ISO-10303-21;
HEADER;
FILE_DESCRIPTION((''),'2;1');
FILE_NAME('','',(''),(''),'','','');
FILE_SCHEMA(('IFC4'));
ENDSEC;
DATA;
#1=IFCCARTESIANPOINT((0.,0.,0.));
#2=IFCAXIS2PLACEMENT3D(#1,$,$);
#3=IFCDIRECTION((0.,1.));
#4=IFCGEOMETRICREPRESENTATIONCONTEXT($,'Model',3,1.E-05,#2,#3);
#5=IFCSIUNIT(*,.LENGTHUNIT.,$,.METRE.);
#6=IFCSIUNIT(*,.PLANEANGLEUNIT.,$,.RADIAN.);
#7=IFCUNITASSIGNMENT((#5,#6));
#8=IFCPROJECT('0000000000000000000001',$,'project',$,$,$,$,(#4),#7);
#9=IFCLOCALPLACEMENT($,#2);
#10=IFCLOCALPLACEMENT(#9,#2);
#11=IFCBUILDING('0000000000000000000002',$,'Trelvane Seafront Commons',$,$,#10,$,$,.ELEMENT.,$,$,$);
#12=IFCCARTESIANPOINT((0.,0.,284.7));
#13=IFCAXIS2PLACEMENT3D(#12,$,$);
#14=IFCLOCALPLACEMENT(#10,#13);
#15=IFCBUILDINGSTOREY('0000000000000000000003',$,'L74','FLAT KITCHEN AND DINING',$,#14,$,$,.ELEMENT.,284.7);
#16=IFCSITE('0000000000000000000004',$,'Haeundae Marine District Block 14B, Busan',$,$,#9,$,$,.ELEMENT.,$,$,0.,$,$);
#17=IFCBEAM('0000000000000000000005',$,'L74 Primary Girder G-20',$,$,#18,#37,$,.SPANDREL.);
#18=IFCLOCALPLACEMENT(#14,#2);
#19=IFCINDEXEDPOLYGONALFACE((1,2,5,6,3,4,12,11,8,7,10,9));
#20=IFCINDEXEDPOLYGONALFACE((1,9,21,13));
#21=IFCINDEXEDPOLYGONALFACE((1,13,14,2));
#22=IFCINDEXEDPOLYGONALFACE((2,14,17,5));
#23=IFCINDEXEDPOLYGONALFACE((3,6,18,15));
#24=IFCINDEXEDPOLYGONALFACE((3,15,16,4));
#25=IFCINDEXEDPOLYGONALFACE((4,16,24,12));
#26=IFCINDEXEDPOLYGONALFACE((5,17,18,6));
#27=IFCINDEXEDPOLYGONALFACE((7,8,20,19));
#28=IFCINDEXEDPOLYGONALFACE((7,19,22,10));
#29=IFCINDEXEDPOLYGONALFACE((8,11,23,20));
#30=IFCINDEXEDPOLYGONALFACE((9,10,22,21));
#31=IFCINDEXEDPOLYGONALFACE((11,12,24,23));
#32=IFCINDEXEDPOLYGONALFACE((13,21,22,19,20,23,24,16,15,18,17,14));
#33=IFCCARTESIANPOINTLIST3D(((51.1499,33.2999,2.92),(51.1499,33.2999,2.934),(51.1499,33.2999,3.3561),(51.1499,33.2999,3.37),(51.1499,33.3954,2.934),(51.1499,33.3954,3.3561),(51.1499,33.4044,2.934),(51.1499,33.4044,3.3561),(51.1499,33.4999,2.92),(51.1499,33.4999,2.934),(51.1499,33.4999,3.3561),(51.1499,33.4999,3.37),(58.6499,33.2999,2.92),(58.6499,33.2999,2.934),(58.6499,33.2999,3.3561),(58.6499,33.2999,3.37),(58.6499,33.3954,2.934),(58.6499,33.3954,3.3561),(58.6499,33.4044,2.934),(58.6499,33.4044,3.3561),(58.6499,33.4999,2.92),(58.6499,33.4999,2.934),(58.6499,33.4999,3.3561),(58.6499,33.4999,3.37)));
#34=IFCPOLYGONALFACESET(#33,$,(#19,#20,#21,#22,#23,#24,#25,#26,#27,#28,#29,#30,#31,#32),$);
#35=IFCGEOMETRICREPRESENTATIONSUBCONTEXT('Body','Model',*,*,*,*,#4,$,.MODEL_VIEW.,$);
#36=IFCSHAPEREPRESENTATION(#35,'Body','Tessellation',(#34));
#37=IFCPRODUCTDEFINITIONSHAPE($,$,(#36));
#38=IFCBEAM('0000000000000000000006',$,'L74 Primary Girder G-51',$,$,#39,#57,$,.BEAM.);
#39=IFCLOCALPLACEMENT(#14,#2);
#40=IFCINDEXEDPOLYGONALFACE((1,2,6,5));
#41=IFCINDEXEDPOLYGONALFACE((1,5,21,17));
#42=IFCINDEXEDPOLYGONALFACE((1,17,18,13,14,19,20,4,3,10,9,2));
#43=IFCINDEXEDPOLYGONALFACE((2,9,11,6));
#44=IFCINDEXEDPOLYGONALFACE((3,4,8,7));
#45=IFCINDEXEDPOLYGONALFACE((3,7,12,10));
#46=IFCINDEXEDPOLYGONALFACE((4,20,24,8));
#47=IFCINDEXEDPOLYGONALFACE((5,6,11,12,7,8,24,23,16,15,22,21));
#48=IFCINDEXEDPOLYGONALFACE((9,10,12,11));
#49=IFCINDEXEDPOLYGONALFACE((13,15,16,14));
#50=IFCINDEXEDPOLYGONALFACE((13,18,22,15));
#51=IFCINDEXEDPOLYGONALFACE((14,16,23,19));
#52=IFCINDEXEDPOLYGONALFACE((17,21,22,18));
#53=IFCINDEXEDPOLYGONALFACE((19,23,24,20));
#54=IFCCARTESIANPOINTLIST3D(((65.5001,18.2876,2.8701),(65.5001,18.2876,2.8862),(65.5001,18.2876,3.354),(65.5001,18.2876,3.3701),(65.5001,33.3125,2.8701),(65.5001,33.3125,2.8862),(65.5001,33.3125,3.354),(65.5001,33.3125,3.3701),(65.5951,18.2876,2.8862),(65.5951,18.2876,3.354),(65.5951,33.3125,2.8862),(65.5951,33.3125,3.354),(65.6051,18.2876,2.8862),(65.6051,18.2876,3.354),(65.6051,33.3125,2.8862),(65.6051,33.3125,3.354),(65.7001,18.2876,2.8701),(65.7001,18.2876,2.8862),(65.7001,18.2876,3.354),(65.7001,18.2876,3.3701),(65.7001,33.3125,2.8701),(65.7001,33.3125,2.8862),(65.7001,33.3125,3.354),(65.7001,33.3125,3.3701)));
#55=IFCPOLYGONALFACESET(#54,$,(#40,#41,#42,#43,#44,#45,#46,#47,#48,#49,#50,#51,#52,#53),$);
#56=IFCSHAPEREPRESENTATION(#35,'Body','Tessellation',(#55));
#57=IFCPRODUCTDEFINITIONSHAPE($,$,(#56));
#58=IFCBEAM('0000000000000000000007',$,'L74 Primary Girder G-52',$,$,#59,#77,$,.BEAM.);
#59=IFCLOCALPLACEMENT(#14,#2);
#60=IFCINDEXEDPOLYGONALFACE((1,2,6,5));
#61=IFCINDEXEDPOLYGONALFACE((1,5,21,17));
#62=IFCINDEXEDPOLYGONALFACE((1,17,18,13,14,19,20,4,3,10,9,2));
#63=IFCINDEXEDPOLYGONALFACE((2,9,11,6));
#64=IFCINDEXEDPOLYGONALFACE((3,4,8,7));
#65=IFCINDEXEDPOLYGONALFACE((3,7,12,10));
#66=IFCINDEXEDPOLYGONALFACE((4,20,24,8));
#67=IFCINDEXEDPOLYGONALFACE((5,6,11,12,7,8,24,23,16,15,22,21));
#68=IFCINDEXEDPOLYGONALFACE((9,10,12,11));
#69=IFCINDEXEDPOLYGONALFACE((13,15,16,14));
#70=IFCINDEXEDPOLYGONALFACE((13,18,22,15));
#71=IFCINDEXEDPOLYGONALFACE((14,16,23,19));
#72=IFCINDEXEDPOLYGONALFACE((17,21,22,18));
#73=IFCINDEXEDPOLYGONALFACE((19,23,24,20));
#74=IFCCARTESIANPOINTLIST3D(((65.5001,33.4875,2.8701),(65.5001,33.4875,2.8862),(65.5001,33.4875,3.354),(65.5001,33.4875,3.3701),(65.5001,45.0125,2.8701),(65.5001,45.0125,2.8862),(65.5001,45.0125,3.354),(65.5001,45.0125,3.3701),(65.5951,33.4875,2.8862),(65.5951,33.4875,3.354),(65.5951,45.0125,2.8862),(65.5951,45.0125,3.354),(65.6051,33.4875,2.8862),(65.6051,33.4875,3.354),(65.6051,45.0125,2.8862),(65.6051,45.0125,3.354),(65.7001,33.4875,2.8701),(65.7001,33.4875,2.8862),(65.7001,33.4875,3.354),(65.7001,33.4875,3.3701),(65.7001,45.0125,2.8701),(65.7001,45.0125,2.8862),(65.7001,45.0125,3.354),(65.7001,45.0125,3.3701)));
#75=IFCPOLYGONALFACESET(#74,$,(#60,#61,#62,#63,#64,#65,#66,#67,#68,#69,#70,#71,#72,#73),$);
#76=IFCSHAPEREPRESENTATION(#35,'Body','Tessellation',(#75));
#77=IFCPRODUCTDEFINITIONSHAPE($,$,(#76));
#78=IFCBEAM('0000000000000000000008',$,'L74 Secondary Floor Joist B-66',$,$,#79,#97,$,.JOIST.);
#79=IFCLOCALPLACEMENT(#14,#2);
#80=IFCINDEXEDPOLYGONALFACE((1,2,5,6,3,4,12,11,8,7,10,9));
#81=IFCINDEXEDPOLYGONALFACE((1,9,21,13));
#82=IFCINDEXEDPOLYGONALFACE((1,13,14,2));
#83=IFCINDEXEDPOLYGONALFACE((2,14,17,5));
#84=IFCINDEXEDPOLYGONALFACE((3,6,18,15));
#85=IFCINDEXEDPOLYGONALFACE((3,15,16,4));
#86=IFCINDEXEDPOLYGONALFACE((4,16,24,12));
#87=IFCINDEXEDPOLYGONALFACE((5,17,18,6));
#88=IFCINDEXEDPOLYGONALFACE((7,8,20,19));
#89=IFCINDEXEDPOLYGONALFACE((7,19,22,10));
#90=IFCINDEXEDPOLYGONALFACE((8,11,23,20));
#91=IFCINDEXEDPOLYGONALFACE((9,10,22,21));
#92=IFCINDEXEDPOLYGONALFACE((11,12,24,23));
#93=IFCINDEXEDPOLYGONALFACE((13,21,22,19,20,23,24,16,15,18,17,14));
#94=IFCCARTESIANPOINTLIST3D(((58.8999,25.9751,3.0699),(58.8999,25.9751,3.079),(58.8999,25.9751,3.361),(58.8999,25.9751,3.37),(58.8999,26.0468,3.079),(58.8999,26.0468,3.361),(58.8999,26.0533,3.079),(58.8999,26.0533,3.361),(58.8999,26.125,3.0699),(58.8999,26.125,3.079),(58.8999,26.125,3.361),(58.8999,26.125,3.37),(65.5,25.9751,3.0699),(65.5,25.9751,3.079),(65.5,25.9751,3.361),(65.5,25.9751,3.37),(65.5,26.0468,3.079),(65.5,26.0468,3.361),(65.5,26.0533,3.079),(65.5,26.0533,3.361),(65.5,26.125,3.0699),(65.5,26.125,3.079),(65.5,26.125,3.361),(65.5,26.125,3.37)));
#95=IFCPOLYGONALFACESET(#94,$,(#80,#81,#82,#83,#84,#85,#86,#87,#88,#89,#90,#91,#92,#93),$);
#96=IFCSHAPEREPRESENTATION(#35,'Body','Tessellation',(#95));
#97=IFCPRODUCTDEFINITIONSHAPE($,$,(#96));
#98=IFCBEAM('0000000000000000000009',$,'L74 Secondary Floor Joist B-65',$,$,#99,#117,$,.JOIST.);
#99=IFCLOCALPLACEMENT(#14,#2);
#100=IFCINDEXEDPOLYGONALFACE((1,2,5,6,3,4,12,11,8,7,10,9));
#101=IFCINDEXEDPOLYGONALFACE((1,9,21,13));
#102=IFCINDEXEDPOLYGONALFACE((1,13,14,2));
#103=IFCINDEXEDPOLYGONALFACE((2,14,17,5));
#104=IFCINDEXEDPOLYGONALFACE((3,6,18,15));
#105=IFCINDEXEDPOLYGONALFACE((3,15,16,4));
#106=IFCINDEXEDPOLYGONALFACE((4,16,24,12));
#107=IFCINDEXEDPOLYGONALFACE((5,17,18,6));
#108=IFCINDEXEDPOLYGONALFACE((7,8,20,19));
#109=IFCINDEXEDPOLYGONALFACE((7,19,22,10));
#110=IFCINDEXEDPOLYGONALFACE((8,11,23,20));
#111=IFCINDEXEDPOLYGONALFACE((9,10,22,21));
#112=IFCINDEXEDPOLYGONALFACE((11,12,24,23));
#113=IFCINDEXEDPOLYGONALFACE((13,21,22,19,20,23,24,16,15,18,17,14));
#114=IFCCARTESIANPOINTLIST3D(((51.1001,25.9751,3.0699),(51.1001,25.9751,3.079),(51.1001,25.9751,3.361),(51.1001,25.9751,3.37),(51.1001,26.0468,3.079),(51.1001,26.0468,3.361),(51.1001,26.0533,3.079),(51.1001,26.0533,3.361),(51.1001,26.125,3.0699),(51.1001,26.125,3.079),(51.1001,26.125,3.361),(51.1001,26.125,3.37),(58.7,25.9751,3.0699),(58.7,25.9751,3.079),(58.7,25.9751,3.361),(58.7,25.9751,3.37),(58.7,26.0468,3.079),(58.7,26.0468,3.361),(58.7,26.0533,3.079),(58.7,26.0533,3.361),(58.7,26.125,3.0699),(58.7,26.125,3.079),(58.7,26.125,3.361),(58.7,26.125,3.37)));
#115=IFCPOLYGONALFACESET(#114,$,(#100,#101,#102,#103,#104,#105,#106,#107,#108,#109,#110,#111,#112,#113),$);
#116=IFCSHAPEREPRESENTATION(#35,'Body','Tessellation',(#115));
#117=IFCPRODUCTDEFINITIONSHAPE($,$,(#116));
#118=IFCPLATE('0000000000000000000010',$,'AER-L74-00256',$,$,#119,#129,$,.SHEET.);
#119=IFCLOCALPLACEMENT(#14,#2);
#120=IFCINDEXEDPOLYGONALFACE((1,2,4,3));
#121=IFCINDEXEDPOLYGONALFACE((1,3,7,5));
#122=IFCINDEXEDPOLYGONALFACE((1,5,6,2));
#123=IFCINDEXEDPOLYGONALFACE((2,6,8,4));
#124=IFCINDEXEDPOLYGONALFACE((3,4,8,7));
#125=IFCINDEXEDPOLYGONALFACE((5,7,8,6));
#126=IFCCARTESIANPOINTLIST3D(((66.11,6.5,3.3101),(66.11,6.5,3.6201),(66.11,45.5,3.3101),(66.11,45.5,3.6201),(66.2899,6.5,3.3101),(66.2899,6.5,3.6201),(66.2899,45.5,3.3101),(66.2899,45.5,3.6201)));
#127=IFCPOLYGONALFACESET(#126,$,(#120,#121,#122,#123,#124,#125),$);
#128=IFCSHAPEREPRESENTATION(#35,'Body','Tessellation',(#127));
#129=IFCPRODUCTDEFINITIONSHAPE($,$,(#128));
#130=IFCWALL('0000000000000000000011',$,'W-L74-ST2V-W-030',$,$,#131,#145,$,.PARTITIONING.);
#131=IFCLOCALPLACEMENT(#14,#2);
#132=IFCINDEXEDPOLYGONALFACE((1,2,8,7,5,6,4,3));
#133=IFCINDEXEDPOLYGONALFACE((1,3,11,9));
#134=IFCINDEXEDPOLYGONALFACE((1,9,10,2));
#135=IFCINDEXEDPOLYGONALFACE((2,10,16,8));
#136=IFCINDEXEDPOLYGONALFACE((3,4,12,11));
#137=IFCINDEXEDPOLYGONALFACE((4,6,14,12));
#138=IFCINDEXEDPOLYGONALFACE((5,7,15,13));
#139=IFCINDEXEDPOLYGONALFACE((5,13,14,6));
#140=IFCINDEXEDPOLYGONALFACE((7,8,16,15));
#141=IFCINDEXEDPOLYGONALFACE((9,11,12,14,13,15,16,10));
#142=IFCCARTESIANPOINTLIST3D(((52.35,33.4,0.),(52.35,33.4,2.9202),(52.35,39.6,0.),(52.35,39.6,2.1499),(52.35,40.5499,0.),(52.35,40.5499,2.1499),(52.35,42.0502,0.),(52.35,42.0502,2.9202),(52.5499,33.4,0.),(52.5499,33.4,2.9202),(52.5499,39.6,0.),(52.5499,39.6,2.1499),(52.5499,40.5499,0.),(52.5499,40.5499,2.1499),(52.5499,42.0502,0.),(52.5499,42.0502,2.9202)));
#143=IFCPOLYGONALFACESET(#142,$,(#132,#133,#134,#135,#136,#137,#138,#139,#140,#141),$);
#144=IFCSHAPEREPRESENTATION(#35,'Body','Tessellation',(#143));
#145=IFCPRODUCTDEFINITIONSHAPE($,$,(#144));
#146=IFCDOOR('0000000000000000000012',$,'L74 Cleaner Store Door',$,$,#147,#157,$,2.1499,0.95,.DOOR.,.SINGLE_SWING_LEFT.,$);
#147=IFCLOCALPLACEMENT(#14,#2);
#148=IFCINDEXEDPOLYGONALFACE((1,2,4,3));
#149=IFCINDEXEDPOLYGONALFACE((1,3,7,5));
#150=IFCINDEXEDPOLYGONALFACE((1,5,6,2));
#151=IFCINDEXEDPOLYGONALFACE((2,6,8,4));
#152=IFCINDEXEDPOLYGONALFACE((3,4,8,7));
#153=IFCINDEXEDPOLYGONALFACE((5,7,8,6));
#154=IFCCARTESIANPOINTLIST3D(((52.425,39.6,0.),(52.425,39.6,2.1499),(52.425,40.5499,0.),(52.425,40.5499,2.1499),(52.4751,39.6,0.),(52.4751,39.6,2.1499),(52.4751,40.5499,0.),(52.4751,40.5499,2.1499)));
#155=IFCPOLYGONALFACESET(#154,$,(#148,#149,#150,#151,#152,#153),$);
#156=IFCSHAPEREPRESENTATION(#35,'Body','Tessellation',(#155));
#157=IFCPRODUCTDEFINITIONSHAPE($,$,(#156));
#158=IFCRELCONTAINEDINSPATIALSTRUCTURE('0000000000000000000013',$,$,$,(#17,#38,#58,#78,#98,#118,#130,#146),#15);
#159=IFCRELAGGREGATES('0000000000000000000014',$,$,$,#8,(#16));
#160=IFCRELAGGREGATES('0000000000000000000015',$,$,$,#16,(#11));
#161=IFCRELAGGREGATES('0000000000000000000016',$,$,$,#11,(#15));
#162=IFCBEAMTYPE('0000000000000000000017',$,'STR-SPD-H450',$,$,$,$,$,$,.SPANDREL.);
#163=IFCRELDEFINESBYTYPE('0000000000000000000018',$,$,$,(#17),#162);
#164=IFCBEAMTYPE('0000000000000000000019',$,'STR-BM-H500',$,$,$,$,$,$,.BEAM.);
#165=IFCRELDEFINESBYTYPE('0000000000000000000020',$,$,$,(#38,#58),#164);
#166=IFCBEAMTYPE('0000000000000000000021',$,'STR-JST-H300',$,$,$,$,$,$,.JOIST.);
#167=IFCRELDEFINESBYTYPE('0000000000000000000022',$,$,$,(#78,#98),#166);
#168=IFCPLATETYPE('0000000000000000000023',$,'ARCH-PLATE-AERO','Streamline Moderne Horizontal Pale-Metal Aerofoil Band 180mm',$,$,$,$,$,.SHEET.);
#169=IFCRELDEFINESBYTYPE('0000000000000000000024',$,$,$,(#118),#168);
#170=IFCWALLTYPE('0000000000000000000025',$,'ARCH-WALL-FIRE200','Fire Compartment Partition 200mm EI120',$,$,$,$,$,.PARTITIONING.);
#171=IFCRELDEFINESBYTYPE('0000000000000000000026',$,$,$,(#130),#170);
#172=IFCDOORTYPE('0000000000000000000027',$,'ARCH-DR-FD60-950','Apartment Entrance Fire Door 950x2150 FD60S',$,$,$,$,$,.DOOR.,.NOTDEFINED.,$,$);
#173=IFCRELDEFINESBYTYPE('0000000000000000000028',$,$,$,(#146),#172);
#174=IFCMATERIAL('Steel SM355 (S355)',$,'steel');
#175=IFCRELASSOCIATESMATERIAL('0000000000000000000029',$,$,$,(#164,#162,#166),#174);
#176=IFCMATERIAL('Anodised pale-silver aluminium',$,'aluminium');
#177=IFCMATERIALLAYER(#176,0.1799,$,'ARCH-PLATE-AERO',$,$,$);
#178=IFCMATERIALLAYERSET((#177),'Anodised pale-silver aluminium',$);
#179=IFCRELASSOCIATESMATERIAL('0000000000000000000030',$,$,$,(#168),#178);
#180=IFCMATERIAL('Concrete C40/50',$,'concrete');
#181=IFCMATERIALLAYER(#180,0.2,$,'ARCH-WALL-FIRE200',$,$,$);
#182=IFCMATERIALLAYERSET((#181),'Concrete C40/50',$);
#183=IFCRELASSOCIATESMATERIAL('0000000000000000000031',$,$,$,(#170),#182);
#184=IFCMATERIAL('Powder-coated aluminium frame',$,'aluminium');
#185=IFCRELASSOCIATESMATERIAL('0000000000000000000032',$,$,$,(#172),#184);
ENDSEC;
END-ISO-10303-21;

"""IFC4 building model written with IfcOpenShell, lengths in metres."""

from ifc_helpers import new_model, si_unit, direction, frame, frame_2d, origin, origin_2d, place, context, subcontext, project, spatial, rectangle, i_section, extrude, source, transform, mapped, material, layer, layer_set, material_profile, profile_set, type_object, element, fill, save


model = new_model("IFC4")

# Units and contexts
model_context = context("Model", 3, precision=1e-05, world=origin(), true_north=direction((0.0, 1.0)))
body_context = subcontext(model_context, "Body", "Model", "MODEL_VIEW")
ifc_project = project(units=[si_unit("LENGTHUNIT", "METRE"), si_unit("PLANEANGLEUNIT", "RADIAN")], contexts=[model_context])

# Site, building, storey
site_placement = place(None, origin())
site = spatial("IfcSite", under=ifc_project, at=site_placement, Name="Haeundae Marine District Block 14B, Busan", CompositionType="ELEMENT", RefElevation=0.0)
building_placement = place(site_placement, origin())
building = spatial("IfcBuilding", under=site, at=building_placement, Name="Trelvane Seafront Commons", CompositionType="ELEMENT")
storey_placement = place(building_placement, frame((0.0, 0.0, 284.7)))
storey = spatial("IfcBuildingStorey", under=building, at=storey_placement, Name="L74", Description="FLAT KITCHEN AND DINING", CompositionType="ELEMENT", Elevation=284.7)

# Shared definitions
ifc_material_1 = material(Name="Steel SM355 (S355)", Category="steel")

# Beams
ifc_material_profile_1 = material_profile(ifc_material_1, i_section(OverallWidth=0.2, OverallDepth=0.5, WebThickness=0.01, FlangeThickness=0.0161, at=origin_2d()), Name="H-500x200x10x16")
ifc_profile_set_1 = profile_set([ifc_material_profile_1], Name="Steel SM355 (S355)")
beam_type_1 = type_object("IfcBeamType", Name="STR-BM-H500", PredefinedType="BEAM", material=ifc_profile_set_1)
ifc_material_profile_2 = material_profile(ifc_material_1, i_section(OverallWidth=0.2, OverallDepth=0.45, WebThickness=0.009, FlangeThickness=0.0139, at=origin_2d()), Name="H-450x200x9x14")
ifc_profile_set_2 = profile_set([ifc_material_profile_2], Name="Steel SM355 (S355)")
beam_type_2 = type_object("IfcBeamType", Name="STR-SPD-H450", PredefinedType="SPANDREL", material=ifc_profile_set_2)
shared_shape_1 = source(origin(), body_context, "Body", "SweptSolid", [
    extrude(i_section(OverallWidth=0.2, OverallDepth=0.45, WebThickness=0.009, FlangeThickness=0.0139, at=origin_2d()), origin(), (0.0, 0.0, 1.0), 7.5),
])
beam_1_placement = place(storey_placement, frame((51.1499, 33.3999, 3.145), z_axis=(1.0, 0.0, 0.0), x_axis=(0.0, 1.0, 0.0)))
element("IfcBeam", 1, at=beam_1_placement, inside=storey, type_object=beam_type_2, Name="L74 Primary Girder G-20", PredefinedType="SPANDREL", context=body_context, shape_type="MappedRepresentation", body=[
    mapped(shared_shape_1, transform((0.0, 0.0, 0.0), x_axis=(1.0, 0.0, 0.0), y_axis=(0.0, 1.0, 0.0), z_axis=(0.0, 0.0, 1.0), scale=1.0)),
])
shared_shape_2 = source(origin(), body_context, "Body", "SweptSolid", [
    extrude(i_section(OverallWidth=0.2, OverallDepth=0.5, WebThickness=0.01, FlangeThickness=0.0161, at=origin_2d()), origin(), (0.0, 0.0, 1.0), 15.0249),
])
beam_2_placement = place(storey_placement, frame((65.6001, 18.2876, 3.1201), z_axis=(0.0, 1.0, 0.0), x_axis=(-1.0, 0.0, 0.0)))
element("IfcBeam", 2, at=beam_2_placement, inside=storey, type_object=beam_type_1, Name="L74 Primary Girder G-51", PredefinedType="BEAM", context=body_context, shape_type="MappedRepresentation", body=[
    mapped(shared_shape_2, transform((0.0, 0.0, 0.0), x_axis=(1.0, 0.0, 0.0), y_axis=(0.0, 1.0, 0.0), z_axis=(0.0, 0.0, 1.0), scale=1.0)),
])
shared_shape_3 = source(origin(), body_context, "Body", "SweptSolid", [
    extrude(i_section(OverallWidth=0.2, OverallDepth=0.5, WebThickness=0.01, FlangeThickness=0.0161, at=origin_2d()), origin(), (0.0, 0.0, 1.0), 11.5249),
])
beam_3_placement = place(storey_placement, frame((65.6001, 33.4875, 3.1201), z_axis=(0.0, 1.0, 0.0), x_axis=(-1.0, 0.0, 0.0)))
element("IfcBeam", 3, at=beam_3_placement, inside=storey, type_object=beam_type_1, Name="L74 Primary Girder G-52", PredefinedType="BEAM", context=body_context, shape_type="MappedRepresentation", body=[
    mapped(shared_shape_3, transform((0.0, 0.0, 0.0), x_axis=(1.0, 0.0, 0.0), y_axis=(0.0, 1.0, 0.0), z_axis=(0.0, 0.0, 1.0), scale=1.0)),
])
ifc_material_profile_3 = material_profile(ifc_material_1, i_section(OverallWidth=0.1499, OverallDepth=0.3, WebThickness=0.0066, FlangeThickness=0.009, at=origin_2d()), Name="H-300x150x6.5x9")
ifc_profile_set_3 = profile_set([ifc_material_profile_3], Name="Steel SM355 (S355)")
beam_type_3 = type_object("IfcBeamType", Name="STR-JST-H300", PredefinedType="JOIST", material=ifc_profile_set_3)
shared_shape_4 = source(origin(), body_context, "Body", "SweptSolid", [
    extrude(i_section(OverallWidth=0.1499, OverallDepth=0.3, WebThickness=0.0066, FlangeThickness=0.009, at=origin_2d()), origin(), (0.0, 0.0, 1.0), 6.6001),
])
beam_4_placement = place(storey_placement, frame((58.8999, 26.05, 3.22), z_axis=(1.0, 0.0, 0.0), x_axis=(0.0, 1.0, 0.0)))
element("IfcBeam", 4, at=beam_4_placement, inside=storey, type_object=beam_type_3, Name="L74 Secondary Floor Joist B-66", PredefinedType="JOIST", context=body_context, shape_type="MappedRepresentation", body=[
    mapped(shared_shape_4, transform((0.0, 0.0, 0.0), x_axis=(1.0, 0.0, 0.0), y_axis=(0.0, 1.0, 0.0), z_axis=(0.0, 0.0, 1.0), scale=1.0)),
])
shared_shape_5 = source(origin(), body_context, "Body", "SweptSolid", [
    extrude(i_section(OverallWidth=0.1499, OverallDepth=0.3, WebThickness=0.0066, FlangeThickness=0.009, at=origin_2d()), origin(), (0.0, 0.0, 1.0), 7.5999),
])
beam_5_placement = place(storey_placement, frame((51.1001, 26.05, 3.22), z_axis=(1.0, 0.0, 0.0), x_axis=(0.0, 1.0, 0.0)))
element("IfcBeam", 5, at=beam_5_placement, inside=storey, type_object=beam_type_3, Name="L74 Secondary Floor Joist B-65", PredefinedType="JOIST", context=body_context, shape_type="MappedRepresentation", body=[
    mapped(shared_shape_5, transform((0.0, 0.0, 0.0), x_axis=(1.0, 0.0, 0.0), y_axis=(0.0, 1.0, 0.0), z_axis=(0.0, 0.0, 1.0), scale=1.0)),
])

# Plate
ifc_material_2 = material(Name="Anodised pale-silver aluminium", Category="aluminium")
ifc_layer_1 = layer(ifc_material_2, 0.1799, Name="ARCH-PLATE-AERO")
ifc_layer_set_1 = layer_set([ifc_layer_1], Name="Anodised pale-silver aluminium")
plate_type = type_object("IfcPlateType", Name="ARCH-PLATE-AERO", Description="Streamline Moderne Horizontal Pale-Metal Aerofoil Band 180mm", PredefinedType="SHEET", material=ifc_layer_set_1)
shared_shape_6 = source(origin(), body_context, "Body", "SweptSolid", [
    extrude(rectangle(XDim=39.0, YDim=0.1799, at=origin_2d()), origin(), (0.0, 0.0, 1.0), 0.3101),
])
plate_placement = place(storey_placement, frame((66.2, 26.0, 3.3101), z_axis=(0.0, 0.0, 1.0), x_axis=(0.0, -1.0, 0.0)))
element("IfcPlate", 6, at=plate_placement, inside=storey, type_object=plate_type, Name="AER-L74-00256", PredefinedType="SHEET", context=body_context, shape_type="MappedRepresentation", body=[
    mapped(shared_shape_6, transform((0.0, 0.0, 0.0), x_axis=(1.0, 0.0, 0.0), y_axis=(0.0, 1.0, 0.0), z_axis=(0.0, 0.0, 1.0), scale=1.0)),
])

# Wall, opening, door
ifc_material_3 = material(Name="Concrete C40/50", Category="concrete")
ifc_layer_2 = layer(ifc_material_3, 0.2, Name="ARCH-WALL-FIRE200")
ifc_layer_set_2 = layer_set([ifc_layer_2], Name="Concrete C40/50")
wall_type_1 = type_object("IfcWallType", Name="ARCH-WALL-FIRE200", Description="Fire Compartment Partition 200mm EI120", PredefinedType="PARTITIONING", material=ifc_layer_set_2)
wall_1_placement = place(storey_placement, frame((52.45, 33.3999, 0.0), z_axis=(0.0, 0.0, 1.0), x_axis=(0.0, 1.0, 0.0)))
wall_1 = element("IfcWall", 7, at=wall_1_placement, inside=storey, type_object=wall_type_1, Name="W-L74-ST2V-W-030", PredefinedType="PARTITIONING", context=body_context, shape_type="SweptSolid", body=[
    extrude(rectangle(XDim=8.6501, YDim=0.2, at=frame_2d((4.3252, 0.0))), origin(), (0.0, 0.0, 1.0), 2.9202),
])
opening_1_placement = place(wall_1_placement, frame((6.2, 0.0, 0.0)))
opening_1 = element("IfcOpeningElement", 8, at=opening_1_placement, cuts=wall_1, PredefinedType="OPENING", context=body_context, shape_type="SweptSolid", body=[
    extrude(rectangle(XDim=0.95, YDim=2.1499, at=frame_2d((0.4751, 1.075))), frame((0.0, 0.1099, 0.0), z_axis=(0.0, -1.0, 0.0), x_axis=(1.0, 0.0, 0.0)), (0.0, 0.0, 1.0), 0.22),
])
ifc_material_4 = material(Name="Powder-coated aluminium frame", Category="aluminium")
door_type_1 = type_object("IfcDoorType", Name="ARCH-DR-FD60-950", Description="Apartment Entrance Fire Door 950x2150 FD60S", OperationType="NOTDEFINED", PredefinedType="DOOR", material=ifc_material_4)
shared_shape_7 = source(origin(), body_context, "Body", "SweptSolid", [
    extrude(rectangle(XDim=0.95, YDim=2.1499, at=frame_2d((0.4751, 1.075))), frame((0.0, 0.0249, 0.0), z_axis=(0.0, -1.0, 0.0), x_axis=(1.0, 0.0, 0.0)), (0.0, 0.0, 1.0), 0.05),
])
door_1_placement = place(opening_1_placement, origin())
door_1 = element("IfcDoor", 9, at=door_1_placement, inside=storey, type_object=door_type_1, Name="L74 Cleaner Store Door", OperationType="SINGLE_SWING_LEFT", OverallHeight=2.1499, OverallWidth=0.95, PredefinedType="DOOR", context=body_context, shape_type="MappedRepresentation", body=[
    mapped(shared_shape_7, transform((0.0, 0.0, 0.0), x_axis=(1.0, 0.0, 0.0), y_axis=(0.0, 1.0, 0.0), z_axis=(0.0, 0.0, 1.0), scale=1.0)),
])
fill(opening_1, door_1)

save(model, "model.ifc")
